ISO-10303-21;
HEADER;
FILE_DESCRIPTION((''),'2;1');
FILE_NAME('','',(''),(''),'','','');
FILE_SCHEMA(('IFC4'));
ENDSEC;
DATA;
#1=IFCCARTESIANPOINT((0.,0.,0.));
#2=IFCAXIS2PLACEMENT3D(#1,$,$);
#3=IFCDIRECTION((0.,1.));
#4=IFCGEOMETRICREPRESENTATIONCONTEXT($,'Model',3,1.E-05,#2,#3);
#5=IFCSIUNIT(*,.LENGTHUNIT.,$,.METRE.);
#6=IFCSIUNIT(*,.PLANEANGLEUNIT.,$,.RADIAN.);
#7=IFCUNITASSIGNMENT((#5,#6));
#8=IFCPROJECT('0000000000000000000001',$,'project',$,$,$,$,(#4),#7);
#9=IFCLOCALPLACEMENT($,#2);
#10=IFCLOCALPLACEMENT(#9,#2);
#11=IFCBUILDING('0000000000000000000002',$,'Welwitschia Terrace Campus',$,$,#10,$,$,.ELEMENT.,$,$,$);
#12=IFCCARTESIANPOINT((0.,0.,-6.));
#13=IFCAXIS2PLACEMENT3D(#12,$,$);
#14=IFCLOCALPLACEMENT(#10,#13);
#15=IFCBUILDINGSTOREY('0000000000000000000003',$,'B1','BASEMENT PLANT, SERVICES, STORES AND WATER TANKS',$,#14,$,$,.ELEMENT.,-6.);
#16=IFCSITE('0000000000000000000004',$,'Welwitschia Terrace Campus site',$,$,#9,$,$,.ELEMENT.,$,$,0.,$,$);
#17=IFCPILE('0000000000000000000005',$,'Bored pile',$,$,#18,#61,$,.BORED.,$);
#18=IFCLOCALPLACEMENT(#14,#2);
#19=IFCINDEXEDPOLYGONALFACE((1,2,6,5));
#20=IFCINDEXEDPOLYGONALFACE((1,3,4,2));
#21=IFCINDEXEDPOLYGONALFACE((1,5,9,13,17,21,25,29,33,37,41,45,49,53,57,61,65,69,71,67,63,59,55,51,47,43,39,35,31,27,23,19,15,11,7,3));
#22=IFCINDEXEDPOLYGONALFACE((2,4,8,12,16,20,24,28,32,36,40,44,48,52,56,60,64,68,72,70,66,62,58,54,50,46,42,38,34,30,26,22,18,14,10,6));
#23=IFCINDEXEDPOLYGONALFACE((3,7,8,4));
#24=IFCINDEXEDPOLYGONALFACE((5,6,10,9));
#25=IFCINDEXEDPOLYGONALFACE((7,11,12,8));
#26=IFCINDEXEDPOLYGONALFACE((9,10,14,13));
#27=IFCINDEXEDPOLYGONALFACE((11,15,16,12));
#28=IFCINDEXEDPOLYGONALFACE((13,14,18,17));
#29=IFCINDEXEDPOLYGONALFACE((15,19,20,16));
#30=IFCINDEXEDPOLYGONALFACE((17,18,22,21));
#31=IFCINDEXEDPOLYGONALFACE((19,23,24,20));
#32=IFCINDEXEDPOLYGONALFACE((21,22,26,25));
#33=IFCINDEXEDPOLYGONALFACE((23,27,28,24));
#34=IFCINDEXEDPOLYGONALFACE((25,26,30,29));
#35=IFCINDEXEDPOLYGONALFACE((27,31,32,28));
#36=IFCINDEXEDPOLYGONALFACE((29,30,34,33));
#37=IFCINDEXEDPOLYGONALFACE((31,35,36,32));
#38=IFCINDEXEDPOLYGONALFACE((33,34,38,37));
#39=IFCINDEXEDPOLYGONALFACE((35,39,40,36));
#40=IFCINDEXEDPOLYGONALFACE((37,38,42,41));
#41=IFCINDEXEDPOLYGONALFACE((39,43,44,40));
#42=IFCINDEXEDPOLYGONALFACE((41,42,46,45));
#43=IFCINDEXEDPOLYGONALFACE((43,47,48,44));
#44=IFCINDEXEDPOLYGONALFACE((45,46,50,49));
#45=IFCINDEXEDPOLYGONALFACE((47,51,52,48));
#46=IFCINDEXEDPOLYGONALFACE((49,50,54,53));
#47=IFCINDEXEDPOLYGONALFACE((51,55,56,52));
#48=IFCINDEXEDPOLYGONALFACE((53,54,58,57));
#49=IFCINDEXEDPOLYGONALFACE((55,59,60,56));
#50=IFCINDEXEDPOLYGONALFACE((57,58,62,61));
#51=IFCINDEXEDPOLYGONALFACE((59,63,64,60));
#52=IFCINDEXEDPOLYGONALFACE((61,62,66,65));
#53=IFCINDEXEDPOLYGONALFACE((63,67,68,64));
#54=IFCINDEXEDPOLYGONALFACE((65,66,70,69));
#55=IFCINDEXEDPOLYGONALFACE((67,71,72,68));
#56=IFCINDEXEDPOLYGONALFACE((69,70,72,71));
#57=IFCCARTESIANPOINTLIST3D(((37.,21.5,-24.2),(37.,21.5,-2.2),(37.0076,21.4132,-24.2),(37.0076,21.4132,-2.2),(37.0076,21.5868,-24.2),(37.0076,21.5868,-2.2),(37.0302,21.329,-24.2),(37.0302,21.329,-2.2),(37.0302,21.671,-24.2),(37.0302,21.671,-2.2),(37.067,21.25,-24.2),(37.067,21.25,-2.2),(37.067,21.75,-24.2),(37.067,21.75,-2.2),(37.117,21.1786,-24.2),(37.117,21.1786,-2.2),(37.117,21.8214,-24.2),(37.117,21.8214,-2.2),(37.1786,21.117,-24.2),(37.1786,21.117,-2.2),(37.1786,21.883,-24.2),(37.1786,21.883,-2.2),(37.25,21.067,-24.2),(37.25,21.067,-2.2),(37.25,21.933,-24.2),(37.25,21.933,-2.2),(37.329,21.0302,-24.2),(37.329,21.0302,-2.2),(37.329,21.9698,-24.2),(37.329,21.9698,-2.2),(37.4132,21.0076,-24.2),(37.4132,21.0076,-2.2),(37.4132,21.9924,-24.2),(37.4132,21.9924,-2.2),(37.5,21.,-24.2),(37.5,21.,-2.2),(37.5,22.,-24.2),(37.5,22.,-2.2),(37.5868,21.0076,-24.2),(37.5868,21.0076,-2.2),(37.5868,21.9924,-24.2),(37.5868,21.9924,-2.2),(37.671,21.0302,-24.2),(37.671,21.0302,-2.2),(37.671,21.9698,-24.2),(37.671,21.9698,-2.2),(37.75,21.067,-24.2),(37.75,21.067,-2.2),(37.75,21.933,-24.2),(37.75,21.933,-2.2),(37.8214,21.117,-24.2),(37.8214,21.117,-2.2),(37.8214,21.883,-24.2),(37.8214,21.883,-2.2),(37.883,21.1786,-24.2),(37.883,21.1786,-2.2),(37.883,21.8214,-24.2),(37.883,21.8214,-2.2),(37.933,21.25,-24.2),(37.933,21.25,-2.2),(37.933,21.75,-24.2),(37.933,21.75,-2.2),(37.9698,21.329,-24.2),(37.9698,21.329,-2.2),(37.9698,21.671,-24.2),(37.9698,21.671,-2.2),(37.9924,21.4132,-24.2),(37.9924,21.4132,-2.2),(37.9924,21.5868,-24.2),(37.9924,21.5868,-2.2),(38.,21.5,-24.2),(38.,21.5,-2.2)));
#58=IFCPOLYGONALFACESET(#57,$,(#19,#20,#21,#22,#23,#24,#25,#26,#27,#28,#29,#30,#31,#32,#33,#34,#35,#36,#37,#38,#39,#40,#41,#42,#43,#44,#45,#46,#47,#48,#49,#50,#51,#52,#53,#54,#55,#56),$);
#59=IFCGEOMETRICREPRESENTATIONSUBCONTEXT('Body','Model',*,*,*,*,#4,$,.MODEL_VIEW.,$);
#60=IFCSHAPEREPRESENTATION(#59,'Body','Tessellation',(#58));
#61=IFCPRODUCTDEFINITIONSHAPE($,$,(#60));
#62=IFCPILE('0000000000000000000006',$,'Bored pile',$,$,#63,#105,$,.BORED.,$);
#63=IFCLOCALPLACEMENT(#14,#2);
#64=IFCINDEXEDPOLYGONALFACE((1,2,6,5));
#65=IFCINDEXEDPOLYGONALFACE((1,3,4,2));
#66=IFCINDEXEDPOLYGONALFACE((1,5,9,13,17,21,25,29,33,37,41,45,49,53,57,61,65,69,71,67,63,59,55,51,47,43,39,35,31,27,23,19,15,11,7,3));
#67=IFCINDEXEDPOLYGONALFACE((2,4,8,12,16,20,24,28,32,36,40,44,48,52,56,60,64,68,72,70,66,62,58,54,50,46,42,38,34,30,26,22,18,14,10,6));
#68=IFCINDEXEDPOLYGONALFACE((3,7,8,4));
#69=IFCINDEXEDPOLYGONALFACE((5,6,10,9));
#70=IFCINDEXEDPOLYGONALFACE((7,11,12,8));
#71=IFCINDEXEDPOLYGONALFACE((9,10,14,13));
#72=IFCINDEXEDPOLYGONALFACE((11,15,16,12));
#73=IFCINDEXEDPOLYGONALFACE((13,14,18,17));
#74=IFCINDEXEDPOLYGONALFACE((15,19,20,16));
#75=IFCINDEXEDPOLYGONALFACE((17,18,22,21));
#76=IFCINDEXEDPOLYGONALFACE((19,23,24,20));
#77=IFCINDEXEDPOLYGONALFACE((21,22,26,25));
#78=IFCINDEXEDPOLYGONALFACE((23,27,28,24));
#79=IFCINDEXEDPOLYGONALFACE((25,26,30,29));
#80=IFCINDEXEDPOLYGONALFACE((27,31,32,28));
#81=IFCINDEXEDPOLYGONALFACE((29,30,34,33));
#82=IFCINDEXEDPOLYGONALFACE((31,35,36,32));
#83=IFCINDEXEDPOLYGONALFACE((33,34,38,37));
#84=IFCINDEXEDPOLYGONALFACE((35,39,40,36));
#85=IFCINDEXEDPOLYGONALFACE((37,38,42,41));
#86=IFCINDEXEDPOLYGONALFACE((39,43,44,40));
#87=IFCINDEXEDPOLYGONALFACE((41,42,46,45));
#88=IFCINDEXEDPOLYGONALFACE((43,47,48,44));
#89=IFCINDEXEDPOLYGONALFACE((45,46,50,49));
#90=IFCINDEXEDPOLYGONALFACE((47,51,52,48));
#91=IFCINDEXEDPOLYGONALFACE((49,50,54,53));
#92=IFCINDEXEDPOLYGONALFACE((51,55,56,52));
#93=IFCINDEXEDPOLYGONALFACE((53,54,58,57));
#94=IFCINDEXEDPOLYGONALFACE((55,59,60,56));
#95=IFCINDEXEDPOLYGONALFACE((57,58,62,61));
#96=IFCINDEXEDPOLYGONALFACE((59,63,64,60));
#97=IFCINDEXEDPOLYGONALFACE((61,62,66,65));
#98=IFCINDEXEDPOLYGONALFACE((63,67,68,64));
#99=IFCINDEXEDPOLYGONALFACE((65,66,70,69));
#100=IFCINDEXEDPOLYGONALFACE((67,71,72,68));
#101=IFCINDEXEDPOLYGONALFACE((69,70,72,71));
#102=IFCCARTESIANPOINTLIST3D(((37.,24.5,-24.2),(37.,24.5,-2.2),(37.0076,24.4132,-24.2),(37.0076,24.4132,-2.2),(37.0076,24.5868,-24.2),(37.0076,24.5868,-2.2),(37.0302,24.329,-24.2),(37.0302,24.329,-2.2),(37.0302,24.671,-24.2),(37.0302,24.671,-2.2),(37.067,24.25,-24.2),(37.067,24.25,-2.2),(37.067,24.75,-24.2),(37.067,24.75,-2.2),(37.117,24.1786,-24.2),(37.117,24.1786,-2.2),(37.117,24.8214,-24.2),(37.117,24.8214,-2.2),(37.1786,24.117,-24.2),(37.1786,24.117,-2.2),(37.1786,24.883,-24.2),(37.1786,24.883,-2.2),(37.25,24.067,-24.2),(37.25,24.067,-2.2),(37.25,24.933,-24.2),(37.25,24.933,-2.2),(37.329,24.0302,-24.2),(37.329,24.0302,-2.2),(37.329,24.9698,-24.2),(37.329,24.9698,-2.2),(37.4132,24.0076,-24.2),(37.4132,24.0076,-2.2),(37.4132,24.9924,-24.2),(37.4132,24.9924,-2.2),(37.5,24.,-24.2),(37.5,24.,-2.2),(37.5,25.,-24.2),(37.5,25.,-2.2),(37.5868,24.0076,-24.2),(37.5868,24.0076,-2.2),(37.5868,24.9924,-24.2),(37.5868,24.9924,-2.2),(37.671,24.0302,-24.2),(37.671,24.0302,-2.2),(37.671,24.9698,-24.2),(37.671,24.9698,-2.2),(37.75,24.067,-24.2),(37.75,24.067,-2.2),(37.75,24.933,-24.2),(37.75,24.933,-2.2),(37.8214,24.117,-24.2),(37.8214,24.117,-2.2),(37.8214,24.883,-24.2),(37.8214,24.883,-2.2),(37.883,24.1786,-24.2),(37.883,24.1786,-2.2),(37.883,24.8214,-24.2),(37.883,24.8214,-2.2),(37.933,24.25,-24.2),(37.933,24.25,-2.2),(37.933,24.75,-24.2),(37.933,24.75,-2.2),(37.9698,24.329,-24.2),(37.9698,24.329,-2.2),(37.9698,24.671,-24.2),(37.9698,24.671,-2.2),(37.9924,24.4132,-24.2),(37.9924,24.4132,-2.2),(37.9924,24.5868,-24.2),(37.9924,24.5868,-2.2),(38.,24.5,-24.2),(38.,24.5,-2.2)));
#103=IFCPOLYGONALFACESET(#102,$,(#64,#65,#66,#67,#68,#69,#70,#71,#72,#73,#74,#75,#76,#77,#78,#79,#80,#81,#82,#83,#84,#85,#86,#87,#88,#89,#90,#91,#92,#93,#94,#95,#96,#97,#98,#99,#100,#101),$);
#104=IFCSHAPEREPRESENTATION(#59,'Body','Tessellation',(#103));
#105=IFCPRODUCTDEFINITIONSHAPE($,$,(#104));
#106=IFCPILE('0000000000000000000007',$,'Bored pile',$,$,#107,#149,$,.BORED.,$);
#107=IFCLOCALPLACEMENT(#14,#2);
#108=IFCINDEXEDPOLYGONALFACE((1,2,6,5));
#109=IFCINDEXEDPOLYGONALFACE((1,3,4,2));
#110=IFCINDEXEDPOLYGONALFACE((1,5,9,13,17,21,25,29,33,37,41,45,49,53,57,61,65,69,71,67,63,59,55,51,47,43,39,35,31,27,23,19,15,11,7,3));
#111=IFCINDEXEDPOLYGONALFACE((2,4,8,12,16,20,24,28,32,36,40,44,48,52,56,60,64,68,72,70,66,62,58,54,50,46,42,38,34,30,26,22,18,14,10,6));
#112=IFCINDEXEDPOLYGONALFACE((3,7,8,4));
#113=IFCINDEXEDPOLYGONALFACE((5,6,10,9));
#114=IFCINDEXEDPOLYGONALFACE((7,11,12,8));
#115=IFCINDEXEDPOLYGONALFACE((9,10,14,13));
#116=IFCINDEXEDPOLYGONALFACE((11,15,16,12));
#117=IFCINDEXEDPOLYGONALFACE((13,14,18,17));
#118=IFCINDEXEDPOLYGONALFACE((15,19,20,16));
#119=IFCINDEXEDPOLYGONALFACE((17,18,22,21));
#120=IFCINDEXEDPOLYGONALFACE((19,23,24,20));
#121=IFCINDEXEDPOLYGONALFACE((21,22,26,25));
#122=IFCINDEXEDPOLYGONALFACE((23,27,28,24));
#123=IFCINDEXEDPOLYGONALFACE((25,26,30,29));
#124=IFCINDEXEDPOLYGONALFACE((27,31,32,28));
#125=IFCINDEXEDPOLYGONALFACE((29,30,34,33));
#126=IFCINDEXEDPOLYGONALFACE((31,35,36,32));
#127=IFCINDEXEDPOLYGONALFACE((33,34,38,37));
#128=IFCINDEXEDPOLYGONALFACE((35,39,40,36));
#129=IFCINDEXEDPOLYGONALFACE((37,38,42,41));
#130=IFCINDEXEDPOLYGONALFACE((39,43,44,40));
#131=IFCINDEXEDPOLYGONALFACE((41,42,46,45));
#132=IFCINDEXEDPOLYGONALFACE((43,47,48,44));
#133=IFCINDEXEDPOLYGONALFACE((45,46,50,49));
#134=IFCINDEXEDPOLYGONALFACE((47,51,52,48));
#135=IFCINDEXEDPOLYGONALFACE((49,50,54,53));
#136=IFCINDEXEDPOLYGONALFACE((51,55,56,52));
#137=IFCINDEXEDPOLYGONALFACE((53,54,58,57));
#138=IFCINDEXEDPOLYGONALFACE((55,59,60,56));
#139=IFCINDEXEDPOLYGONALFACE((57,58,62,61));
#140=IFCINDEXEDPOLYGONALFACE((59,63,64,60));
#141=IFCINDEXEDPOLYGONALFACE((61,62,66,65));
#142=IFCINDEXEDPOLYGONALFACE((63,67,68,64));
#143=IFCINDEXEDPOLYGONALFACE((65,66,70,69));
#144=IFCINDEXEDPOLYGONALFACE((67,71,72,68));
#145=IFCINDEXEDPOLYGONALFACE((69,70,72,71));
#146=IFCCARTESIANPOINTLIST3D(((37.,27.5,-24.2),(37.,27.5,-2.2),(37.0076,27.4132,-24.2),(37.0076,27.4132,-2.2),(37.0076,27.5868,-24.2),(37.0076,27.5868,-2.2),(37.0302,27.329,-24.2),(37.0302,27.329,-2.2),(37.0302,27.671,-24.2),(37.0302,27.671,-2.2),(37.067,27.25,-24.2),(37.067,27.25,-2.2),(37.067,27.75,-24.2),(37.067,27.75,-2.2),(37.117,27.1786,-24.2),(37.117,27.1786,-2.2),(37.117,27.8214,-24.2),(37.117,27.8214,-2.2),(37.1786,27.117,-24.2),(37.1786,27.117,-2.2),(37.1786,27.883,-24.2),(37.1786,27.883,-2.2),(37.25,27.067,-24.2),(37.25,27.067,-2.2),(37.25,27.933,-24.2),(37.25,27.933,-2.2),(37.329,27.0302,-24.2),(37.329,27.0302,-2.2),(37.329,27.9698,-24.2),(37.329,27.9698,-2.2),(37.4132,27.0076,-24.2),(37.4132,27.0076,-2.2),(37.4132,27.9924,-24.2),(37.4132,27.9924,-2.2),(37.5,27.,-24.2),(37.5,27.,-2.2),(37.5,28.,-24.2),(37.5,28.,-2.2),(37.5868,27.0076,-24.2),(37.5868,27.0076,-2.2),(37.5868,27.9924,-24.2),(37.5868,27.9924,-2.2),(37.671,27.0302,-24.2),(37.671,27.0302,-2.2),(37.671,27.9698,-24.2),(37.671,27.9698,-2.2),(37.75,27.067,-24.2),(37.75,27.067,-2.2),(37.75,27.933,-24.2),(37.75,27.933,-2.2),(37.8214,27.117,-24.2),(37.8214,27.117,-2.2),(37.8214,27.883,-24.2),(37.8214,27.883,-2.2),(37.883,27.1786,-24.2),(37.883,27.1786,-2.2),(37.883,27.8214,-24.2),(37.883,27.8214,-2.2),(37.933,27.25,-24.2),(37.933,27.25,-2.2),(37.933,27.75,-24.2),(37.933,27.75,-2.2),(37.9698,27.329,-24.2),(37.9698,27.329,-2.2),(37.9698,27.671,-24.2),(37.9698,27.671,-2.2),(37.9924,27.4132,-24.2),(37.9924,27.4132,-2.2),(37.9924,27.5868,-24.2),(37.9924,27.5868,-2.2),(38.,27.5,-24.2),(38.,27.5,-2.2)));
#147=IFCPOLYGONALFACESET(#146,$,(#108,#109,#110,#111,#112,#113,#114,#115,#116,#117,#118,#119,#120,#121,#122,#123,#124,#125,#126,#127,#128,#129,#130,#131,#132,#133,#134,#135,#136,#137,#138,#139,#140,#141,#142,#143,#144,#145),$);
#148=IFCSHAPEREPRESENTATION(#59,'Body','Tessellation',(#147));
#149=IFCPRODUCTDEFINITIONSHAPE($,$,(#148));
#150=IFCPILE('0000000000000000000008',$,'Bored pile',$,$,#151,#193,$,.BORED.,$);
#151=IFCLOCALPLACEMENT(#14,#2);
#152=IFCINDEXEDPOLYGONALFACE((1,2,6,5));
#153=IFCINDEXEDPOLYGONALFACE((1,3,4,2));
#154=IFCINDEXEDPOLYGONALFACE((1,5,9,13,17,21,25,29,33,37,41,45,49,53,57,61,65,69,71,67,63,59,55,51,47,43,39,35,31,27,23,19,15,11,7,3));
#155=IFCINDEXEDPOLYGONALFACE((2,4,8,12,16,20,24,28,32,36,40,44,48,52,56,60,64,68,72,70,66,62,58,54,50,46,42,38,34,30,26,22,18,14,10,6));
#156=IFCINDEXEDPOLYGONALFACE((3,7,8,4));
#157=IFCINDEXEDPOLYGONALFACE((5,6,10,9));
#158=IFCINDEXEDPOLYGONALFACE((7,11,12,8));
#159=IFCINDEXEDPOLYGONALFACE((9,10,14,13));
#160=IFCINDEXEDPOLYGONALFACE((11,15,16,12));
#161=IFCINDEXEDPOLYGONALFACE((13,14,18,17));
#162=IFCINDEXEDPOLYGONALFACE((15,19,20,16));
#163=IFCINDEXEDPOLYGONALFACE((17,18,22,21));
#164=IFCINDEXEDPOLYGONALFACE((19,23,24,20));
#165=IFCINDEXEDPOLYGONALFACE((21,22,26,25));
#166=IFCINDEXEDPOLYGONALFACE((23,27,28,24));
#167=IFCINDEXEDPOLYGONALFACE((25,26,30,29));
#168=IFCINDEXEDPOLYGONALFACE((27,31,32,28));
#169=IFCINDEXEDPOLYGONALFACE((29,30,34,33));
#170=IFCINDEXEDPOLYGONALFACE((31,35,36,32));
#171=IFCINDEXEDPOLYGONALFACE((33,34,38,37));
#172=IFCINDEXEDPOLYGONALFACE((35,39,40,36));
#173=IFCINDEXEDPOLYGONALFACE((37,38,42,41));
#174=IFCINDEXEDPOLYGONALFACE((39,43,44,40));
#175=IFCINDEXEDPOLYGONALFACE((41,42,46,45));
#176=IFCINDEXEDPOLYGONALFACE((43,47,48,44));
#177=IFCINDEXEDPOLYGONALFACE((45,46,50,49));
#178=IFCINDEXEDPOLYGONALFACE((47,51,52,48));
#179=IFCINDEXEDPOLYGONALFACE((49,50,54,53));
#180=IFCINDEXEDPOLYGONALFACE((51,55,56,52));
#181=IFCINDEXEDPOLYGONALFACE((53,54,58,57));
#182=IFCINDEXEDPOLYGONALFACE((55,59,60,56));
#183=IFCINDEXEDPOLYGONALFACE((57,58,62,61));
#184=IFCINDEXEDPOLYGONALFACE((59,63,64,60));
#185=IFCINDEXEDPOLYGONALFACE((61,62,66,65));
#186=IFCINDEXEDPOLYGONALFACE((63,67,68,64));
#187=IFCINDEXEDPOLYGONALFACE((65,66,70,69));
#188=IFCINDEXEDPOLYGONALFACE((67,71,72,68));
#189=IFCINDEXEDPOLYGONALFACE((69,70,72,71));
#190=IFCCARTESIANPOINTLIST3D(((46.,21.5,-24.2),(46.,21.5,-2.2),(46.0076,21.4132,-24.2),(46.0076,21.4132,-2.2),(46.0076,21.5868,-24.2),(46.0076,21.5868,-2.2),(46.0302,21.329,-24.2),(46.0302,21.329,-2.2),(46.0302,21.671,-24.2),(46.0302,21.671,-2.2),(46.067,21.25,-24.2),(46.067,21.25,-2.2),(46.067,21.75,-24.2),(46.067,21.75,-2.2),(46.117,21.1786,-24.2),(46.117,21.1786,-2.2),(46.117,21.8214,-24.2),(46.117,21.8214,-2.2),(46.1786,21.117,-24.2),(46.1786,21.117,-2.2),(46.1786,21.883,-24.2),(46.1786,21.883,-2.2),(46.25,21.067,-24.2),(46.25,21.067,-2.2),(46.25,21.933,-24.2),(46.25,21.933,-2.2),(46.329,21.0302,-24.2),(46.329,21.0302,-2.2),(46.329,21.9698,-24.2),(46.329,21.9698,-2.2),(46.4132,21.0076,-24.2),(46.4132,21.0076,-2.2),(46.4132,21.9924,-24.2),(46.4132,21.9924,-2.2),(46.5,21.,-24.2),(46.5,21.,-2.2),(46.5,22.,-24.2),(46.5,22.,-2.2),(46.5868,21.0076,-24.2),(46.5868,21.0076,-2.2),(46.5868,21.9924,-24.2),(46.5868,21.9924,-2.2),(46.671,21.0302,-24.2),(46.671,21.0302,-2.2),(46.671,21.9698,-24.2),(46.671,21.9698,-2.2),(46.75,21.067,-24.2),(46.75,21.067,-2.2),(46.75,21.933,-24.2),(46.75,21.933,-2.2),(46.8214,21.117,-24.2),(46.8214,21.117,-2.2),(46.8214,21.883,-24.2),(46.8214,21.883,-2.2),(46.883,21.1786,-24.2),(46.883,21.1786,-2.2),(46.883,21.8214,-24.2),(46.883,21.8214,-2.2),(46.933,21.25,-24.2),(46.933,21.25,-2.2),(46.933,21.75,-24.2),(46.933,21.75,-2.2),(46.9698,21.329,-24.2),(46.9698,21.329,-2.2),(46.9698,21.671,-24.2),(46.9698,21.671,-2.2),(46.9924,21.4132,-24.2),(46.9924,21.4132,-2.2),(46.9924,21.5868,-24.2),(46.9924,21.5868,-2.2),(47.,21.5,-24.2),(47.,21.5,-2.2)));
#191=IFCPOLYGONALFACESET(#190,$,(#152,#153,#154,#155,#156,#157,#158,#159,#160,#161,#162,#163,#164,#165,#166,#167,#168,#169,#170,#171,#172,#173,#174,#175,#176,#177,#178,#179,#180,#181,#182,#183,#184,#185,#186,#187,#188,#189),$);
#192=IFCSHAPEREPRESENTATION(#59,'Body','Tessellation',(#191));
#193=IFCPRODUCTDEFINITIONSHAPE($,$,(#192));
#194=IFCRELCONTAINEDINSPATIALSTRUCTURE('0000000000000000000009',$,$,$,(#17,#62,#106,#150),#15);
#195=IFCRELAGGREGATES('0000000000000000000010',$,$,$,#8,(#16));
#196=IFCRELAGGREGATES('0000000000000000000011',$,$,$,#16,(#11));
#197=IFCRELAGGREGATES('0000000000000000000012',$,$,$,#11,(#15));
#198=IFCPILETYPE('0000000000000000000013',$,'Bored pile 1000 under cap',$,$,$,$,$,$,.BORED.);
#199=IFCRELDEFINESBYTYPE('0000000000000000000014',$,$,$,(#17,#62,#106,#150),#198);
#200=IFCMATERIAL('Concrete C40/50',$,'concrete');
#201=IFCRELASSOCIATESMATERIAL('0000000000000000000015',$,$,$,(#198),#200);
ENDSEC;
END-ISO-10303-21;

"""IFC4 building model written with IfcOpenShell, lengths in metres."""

from ifc_helpers import new_model, si_unit, direction, frame, origin, origin_2d, place, context, subcontext, project, spatial, circle, extrude, material, type_object, element, save


model = new_model("IFC4")

# Units and contexts
model_context = context("Model", 3, precision=1e-05, world=origin(), true_north=direction((0.0, 1.0)))
body_context = subcontext(model_context, "Body", "Model", "MODEL_VIEW")
ifc_project = project(units=[si_unit("LENGTHUNIT", "METRE"), si_unit("PLANEANGLEUNIT", "RADIAN")], contexts=[model_context])

# Site, building, storey
site_placement = place(None, origin())
site = spatial("IfcSite", under=ifc_project, at=site_placement, Name="Welwitschia Terrace Campus site", CompositionType="ELEMENT", RefElevation=0.0)
building_placement = place(site_placement, origin())
building = spatial("IfcBuilding", under=site, at=building_placement, Name="Welwitschia Terrace Campus", CompositionType="ELEMENT")
storey_placement = place(building_placement, frame((0.0, 0.0, -6.0)))
storey = spatial("IfcBuildingStorey", under=building, at=storey_placement, Name="B1", Description="BASEMENT PLANT, SERVICES, STORES AND WATER TANKS", CompositionType="ELEMENT", Elevation=-6.0)

# Piles
ifc_material_1 = material(Name="Concrete C40/50", Category="concrete")
pile_type = type_object("IfcPileType", Name="Bored pile 1000 under cap", PredefinedType="BORED", material=ifc_material_1)
for number, where, z_axis, x_axis, name in (
    (1, (37.5, 21.5, -2.2), (0.0, 0.0, -1.0), (1.0, 0.0, 0.0), "Bored pile"),
    (2, (37.5, 24.5, -2.2), (0.0, 0.0, -1.0), (1.0, 0.0, 0.0), "Bored pile"),
    (3, (37.5, 27.5, -2.2), (0.0, 0.0, -1.0), (1.0, 0.0, 0.0), "Bored pile"),
    (4, (46.5, 21.5, -2.2), (0.0, 0.0, -1.0), (1.0, 0.0, 0.0), "Bored pile"),
):
    element("IfcPile", number, at=place(storey_placement, frame(where, z_axis=z_axis, x_axis=x_axis)), inside=storey, type_object=pile_type, Name=name, PredefinedType="BORED", context=body_context, shape_type="SweptSolid", body=[
        extrude(circle(Radius=0.5, at=origin_2d()), origin(), (0.0, 0.0, 1.0), 22.0),
    ])

save(model, "model.ifc")
